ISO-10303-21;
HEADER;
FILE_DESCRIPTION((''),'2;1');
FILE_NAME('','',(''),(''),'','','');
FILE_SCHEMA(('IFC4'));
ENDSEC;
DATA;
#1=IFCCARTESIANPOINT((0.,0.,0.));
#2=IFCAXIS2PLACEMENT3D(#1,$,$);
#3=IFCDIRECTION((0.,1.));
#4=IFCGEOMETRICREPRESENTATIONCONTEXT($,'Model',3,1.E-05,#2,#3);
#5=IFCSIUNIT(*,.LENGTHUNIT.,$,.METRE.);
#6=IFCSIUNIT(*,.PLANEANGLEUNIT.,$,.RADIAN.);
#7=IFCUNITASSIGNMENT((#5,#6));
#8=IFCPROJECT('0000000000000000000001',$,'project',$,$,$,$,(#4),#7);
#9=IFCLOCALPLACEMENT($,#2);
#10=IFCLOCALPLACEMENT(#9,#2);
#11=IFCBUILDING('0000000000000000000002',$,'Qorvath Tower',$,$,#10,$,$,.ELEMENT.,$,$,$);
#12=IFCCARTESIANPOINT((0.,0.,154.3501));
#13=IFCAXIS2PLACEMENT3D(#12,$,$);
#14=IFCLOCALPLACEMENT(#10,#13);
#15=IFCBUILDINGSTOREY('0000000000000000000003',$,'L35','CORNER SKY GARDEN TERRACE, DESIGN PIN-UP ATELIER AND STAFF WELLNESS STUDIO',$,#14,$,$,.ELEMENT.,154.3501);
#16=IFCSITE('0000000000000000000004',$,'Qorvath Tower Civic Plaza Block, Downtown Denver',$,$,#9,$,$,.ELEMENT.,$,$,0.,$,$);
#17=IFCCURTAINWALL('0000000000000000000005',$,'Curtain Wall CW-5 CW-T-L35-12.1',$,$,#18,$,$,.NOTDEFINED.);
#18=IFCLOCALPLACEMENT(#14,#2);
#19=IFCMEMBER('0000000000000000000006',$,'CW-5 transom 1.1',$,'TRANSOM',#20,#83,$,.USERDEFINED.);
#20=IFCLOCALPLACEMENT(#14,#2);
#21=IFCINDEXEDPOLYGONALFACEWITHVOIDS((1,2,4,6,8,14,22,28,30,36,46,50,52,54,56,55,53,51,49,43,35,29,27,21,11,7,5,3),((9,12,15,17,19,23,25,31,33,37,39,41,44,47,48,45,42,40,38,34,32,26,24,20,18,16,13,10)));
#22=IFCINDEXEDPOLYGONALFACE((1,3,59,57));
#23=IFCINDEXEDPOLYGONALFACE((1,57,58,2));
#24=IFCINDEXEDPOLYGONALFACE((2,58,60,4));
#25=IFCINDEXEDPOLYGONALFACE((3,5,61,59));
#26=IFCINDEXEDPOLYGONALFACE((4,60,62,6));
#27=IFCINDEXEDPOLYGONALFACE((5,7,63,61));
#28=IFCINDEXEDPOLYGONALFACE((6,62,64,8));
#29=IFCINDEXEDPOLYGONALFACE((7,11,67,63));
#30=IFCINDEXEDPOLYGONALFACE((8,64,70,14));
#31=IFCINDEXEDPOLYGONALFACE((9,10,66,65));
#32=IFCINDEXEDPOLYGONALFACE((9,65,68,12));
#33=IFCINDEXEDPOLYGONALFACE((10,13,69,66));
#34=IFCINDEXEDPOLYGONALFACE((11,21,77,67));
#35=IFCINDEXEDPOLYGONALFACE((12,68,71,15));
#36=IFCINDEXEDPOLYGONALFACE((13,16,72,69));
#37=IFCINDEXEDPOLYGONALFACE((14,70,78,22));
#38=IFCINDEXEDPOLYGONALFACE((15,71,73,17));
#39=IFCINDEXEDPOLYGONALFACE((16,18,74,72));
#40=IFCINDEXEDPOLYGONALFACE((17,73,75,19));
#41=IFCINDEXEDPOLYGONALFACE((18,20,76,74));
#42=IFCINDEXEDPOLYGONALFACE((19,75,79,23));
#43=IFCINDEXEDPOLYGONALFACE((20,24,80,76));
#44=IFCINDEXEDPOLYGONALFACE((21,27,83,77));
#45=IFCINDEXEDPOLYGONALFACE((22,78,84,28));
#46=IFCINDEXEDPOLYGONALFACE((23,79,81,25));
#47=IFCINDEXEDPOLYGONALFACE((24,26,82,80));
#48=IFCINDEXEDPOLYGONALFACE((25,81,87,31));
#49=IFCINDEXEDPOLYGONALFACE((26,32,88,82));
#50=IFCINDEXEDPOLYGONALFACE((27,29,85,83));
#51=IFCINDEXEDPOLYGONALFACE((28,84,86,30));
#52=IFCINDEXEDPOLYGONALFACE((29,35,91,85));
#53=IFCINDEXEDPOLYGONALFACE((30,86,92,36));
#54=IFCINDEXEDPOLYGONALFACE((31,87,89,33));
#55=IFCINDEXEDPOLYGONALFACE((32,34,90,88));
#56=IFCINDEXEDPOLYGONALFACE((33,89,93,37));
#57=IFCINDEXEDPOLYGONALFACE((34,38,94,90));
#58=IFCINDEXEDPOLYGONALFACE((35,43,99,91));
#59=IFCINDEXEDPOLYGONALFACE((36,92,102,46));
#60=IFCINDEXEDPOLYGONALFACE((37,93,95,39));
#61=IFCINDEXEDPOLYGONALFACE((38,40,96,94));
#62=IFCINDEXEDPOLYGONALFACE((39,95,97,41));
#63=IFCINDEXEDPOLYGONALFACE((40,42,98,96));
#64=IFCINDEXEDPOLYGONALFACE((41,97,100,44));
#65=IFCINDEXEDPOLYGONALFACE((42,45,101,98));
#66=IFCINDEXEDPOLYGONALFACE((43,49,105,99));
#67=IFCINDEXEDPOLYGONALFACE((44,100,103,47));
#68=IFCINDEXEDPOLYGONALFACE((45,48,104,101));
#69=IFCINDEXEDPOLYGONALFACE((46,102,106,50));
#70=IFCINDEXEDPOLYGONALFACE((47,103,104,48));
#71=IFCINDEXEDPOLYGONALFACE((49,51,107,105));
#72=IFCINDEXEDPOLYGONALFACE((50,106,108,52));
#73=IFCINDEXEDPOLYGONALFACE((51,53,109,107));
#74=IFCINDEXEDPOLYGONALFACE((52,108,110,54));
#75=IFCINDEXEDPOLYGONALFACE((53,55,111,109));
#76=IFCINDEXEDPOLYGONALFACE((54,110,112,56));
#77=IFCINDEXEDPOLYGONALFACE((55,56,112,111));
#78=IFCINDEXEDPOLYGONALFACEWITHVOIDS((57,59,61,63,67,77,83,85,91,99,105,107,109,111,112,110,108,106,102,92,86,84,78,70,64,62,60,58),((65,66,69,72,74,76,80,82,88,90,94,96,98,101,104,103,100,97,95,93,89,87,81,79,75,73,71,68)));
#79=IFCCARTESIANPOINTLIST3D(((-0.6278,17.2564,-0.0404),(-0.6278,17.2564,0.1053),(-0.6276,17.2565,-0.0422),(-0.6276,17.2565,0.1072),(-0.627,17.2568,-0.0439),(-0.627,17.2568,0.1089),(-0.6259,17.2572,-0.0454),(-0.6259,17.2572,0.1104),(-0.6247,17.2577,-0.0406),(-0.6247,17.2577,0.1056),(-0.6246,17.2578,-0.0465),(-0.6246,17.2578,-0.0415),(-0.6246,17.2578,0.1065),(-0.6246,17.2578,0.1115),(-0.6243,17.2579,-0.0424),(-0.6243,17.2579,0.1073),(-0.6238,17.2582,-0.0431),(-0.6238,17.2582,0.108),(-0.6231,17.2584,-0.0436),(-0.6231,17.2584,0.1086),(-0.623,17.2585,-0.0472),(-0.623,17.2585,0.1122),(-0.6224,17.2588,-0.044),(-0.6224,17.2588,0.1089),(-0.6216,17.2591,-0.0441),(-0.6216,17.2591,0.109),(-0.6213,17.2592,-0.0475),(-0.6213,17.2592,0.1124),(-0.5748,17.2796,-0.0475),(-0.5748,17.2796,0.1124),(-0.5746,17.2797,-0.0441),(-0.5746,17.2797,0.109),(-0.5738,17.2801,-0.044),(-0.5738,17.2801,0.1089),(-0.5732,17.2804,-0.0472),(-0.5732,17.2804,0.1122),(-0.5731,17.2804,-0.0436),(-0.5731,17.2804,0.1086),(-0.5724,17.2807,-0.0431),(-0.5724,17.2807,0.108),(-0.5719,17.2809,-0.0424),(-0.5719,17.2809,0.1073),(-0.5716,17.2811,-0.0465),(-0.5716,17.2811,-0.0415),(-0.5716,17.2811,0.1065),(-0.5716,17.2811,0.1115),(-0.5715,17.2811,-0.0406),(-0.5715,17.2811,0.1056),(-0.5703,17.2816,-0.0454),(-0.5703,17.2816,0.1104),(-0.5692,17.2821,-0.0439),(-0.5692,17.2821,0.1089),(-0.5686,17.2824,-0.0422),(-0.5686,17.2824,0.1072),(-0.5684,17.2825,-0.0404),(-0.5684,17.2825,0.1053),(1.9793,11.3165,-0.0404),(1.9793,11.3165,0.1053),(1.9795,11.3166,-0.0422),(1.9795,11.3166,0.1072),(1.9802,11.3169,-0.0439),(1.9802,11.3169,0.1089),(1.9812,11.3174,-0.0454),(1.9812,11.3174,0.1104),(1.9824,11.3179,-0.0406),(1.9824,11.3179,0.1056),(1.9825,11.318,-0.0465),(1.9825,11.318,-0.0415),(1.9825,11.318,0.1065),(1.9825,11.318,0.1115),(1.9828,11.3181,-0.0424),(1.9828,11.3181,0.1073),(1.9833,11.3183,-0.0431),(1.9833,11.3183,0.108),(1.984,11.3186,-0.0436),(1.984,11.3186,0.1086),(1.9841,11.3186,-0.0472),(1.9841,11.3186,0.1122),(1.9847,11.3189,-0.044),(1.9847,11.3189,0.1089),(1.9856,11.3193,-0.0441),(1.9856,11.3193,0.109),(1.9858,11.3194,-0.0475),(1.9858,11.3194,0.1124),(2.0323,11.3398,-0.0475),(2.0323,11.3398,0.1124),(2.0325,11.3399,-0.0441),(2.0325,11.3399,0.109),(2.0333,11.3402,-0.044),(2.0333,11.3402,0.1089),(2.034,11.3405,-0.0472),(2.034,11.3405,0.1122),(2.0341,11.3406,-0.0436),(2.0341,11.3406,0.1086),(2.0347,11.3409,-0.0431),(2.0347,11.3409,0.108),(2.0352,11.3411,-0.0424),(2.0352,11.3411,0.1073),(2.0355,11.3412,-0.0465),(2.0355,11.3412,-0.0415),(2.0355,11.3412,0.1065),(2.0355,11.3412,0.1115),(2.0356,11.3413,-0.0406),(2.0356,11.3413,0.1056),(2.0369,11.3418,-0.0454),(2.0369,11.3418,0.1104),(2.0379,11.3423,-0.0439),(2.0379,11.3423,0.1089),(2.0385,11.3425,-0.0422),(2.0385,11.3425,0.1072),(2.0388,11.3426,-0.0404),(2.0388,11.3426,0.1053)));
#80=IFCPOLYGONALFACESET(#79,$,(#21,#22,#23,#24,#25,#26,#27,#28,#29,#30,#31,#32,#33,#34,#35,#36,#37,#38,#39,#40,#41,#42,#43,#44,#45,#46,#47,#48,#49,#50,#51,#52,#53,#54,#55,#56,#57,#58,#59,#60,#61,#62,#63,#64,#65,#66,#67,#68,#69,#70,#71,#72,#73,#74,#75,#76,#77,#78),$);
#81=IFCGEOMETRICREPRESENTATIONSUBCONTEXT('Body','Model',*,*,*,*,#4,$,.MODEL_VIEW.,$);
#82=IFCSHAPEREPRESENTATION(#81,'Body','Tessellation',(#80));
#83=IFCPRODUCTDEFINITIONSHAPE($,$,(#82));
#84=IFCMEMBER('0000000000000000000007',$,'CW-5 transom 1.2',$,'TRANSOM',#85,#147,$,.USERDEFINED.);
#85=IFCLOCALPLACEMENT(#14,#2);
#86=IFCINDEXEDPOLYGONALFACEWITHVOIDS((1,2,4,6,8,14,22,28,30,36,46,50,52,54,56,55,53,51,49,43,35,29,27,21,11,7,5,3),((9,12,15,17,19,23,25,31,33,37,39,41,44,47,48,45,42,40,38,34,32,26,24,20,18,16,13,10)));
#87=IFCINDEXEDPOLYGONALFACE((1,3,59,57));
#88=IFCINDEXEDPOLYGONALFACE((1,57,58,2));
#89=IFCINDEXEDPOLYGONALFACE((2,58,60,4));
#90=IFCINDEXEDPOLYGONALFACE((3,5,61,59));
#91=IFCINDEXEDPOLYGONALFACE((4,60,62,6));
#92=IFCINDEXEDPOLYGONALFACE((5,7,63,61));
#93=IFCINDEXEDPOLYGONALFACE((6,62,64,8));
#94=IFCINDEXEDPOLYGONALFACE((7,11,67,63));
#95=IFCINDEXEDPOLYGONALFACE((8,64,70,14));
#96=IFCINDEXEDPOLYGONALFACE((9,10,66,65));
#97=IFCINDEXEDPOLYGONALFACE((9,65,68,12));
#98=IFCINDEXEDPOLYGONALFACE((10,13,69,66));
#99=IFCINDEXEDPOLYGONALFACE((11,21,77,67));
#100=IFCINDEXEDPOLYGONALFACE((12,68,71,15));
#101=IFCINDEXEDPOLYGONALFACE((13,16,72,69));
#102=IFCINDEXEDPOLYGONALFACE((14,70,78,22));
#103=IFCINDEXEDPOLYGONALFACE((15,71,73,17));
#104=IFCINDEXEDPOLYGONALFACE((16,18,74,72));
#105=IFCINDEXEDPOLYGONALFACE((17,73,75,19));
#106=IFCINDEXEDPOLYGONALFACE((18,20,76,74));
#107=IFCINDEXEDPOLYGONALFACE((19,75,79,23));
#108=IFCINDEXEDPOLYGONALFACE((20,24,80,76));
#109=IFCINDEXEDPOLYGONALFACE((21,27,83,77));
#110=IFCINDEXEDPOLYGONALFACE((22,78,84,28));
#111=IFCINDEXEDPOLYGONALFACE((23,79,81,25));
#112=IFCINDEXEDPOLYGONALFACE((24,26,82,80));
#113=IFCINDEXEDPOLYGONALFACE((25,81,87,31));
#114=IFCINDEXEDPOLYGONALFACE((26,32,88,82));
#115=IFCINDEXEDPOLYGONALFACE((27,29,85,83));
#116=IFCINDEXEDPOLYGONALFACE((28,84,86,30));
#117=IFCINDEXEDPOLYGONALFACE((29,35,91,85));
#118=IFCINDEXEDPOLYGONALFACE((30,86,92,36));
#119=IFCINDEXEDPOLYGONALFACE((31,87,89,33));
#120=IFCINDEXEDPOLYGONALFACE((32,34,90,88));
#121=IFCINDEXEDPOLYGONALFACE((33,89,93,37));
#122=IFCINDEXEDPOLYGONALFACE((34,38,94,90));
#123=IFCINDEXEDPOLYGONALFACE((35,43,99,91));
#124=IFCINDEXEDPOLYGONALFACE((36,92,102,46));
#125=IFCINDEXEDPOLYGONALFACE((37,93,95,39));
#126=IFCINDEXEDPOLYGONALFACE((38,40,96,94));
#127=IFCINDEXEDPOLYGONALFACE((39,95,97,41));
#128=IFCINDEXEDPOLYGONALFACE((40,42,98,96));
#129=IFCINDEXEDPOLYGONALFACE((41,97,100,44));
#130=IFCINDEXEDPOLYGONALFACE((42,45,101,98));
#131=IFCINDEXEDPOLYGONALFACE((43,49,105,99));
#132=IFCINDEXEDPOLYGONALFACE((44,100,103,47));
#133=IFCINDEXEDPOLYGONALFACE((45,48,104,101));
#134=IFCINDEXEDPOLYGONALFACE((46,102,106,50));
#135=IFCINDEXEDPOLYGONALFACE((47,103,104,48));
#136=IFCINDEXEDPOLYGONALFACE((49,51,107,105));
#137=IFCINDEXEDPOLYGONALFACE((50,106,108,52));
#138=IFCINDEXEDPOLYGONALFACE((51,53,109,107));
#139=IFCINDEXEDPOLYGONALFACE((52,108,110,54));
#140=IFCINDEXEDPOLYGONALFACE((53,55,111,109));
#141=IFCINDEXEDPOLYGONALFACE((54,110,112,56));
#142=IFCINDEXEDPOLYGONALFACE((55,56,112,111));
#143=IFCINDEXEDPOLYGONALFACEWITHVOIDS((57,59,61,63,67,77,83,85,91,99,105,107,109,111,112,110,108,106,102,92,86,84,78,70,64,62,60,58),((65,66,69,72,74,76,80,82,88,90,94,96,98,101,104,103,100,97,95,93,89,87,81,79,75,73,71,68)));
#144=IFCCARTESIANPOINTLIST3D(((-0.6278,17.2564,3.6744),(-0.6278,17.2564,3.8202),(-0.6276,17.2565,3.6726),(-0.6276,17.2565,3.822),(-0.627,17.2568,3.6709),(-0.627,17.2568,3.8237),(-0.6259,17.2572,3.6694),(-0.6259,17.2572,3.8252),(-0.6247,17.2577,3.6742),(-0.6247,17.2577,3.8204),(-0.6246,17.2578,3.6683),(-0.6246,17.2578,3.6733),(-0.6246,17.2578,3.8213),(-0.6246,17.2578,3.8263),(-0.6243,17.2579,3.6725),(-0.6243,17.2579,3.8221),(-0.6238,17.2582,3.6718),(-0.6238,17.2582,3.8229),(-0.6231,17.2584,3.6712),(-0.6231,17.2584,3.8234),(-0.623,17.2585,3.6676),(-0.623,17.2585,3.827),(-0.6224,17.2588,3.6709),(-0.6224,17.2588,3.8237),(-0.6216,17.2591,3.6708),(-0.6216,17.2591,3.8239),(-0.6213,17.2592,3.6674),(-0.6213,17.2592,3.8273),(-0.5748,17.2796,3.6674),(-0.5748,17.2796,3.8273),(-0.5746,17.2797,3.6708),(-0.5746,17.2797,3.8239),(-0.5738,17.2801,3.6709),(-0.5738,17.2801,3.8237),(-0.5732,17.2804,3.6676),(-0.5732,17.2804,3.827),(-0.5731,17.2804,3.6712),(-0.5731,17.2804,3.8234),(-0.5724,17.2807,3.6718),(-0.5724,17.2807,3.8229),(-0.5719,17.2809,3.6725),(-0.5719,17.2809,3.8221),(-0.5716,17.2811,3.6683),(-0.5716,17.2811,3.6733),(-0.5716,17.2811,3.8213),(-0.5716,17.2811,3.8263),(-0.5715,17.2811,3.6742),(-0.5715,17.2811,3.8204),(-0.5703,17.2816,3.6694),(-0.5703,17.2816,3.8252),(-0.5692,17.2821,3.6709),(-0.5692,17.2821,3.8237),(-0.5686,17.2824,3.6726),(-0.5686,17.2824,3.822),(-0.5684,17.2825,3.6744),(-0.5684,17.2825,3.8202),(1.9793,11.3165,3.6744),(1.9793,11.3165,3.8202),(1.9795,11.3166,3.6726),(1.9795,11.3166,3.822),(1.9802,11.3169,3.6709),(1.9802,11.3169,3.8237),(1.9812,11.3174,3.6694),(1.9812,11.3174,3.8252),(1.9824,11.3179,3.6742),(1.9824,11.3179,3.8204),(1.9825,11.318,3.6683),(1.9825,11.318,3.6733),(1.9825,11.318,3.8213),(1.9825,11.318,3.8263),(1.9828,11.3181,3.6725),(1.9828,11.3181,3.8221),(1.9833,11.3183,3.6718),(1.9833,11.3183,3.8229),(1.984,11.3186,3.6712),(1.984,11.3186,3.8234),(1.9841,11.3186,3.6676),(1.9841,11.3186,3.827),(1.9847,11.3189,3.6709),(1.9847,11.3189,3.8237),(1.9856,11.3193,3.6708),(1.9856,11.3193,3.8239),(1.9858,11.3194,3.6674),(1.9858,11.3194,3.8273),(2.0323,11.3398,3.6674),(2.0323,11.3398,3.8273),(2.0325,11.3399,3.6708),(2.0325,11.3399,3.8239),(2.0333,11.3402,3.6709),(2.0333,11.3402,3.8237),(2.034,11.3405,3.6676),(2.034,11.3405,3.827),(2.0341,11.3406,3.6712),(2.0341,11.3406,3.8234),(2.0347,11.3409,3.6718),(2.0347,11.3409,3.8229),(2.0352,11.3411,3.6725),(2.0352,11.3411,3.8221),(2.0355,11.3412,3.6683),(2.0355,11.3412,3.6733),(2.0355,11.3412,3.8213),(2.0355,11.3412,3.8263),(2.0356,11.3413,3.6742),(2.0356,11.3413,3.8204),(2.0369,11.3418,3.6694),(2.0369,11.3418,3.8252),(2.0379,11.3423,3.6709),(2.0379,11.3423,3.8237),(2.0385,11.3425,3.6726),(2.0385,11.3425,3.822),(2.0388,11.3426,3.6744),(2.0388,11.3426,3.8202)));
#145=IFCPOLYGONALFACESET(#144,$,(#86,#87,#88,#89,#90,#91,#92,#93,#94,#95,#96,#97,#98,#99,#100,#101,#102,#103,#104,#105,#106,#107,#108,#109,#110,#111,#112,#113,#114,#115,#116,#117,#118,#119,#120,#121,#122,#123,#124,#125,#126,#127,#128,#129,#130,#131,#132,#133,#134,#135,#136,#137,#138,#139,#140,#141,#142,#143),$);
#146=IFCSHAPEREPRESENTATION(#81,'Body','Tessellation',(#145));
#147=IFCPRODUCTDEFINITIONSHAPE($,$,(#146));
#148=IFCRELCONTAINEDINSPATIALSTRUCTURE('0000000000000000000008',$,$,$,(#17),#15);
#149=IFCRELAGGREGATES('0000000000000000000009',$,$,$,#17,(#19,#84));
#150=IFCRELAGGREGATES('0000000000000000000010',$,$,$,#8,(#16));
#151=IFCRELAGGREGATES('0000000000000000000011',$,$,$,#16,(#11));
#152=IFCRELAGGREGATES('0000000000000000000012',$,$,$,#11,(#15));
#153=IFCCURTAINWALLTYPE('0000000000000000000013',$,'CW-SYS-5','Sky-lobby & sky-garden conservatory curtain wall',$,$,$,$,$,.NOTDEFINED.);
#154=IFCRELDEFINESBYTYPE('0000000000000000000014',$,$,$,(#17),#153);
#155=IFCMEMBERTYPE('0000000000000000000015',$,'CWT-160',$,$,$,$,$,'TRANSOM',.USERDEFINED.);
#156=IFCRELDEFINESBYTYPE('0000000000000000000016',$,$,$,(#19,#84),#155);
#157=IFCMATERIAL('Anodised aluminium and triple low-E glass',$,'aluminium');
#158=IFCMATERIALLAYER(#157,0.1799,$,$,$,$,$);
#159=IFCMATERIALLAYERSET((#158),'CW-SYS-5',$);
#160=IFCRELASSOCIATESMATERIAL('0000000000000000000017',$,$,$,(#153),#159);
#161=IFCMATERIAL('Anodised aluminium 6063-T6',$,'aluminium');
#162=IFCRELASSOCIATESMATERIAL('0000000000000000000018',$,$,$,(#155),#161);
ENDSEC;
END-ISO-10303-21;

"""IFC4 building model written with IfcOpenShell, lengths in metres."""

from ifc_helpers import new_model, si_unit, direction, frame, origin, origin_2d, place, context, subcontext, project, spatial, hollow_rectangle, extrude, material, layer, layer_set, material_profile, profile_set, type_object, element, aggregate, save


model = new_model("IFC4")

# Units and contexts
model_context = context("Model", 3, precision=1e-05, world=origin(), true_north=direction((0.0, 1.0)))
body_context = subcontext(model_context, "Body", "Model", "MODEL_VIEW")
ifc_project = project(units=[si_unit("LENGTHUNIT", "METRE"), si_unit("PLANEANGLEUNIT", "RADIAN")], contexts=[model_context])

# Site, building, storey
site_placement = place(None, origin())
site = spatial("IfcSite", under=ifc_project, at=site_placement, Name="Qorvath Tower Civic Plaza Block, Downtown Denver", CompositionType="ELEMENT", RefElevation=0.0)
building_placement = place(site_placement, origin())
building = spatial("IfcBuilding", under=site, at=building_placement, Name="Qorvath Tower", CompositionType="ELEMENT")
storey_placement = place(building_placement, frame((0.0, 0.0, 154.3501)))
storey = spatial("IfcBuildingStorey", under=building, at=storey_placement, Name="L35", Description="CORNER SKY GARDEN TERRACE, DESIGN PIN-UP ATELIER AND STAFF WELLNESS STUDIO", CompositionType="ELEMENT", Elevation=154.3501)

# Shared definitions
ifc_material_1 = material(Name="Anodised aluminium and triple low-E glass", Category="aluminium")
ifc_layer_1 = layer(ifc_material_1, 0.1799)
ifc_layer_set_1 = layer_set([ifc_layer_1], Name="CW-SYS-5")
curtain_wall_type = type_object("IfcCurtainWallType", Name="CW-SYS-5", Description="Sky-lobby & sky-garden conservatory curtain wall", PredefinedType="NOTDEFINED", material=ifc_layer_set_1)

# Curtain wall
curtain_wall_1_placement = place(storey_placement, origin())
curtain_wall_1 = element("IfcCurtainWall", 1, at=curtain_wall_1_placement, inside=storey, type_object=curtain_wall_type, Name="Curtain Wall CW-5 CW-T-L35-12.1", PredefinedType="NOTDEFINED")

# Members
ifc_material_2 = material(Name="Anodised aluminium 6063-T6", Category="aluminium")
ifc_material_profile_1 = material_profile(ifc_material_2, hollow_rectangle(XDim=0.0649, YDim=0.1599, WallThickness=0.0034, InnerFilletRadius=0.0034, OuterFilletRadius=0.0071, at=origin_2d()), Name="CWT 160x65")
ifc_profile_set_1 = profile_set([ifc_material_profile_1], Name="Anodised aluminium 6063-T6")
member_type_1 = type_object("IfcMemberType", Name="CWT-160", ElementType="TRANSOM", PredefinedType="USERDEFINED", material=ifc_profile_set_1)
member_1_placement = place(storey_placement, frame((2.009, 11.3296, 0.0325), z_axis=(-0.401912, 0.915678, 0.0), x_axis=(-0.915678, -0.401912, 0.0)))
member_1 = element("IfcMember", 2, at=member_1_placement, type_object=member_type_1, Name="CW-5 transom 1.1", ObjectType="TRANSOM", PredefinedType="USERDEFINED", context=body_context, shape_type="SweptSolid", body=[
    extrude(hollow_rectangle(XDim=0.0649, YDim=0.1599, WallThickness=0.0034, InnerFilletRadius=0.0034, OuterFilletRadius=0.0071, at=origin_2d()), origin(), (0.0, 0.0, 1.0), 6.4868),
])
member_2_placement = place(storey_placement, frame((2.009, 11.3296, 3.7473), z_axis=(-0.401912, 0.915678, 0.0), x_axis=(-0.915678, -0.401912, 0.0)))
member_2 = element("IfcMember", 3, at=member_2_placement, type_object=member_type_1, Name="CW-5 transom 1.2", ObjectType="TRANSOM", PredefinedType="USERDEFINED", context=body_context, shape_type="SweptSolid", body=[
    extrude(hollow_rectangle(XDim=0.0649, YDim=0.1599, WallThickness=0.0034, InnerFilletRadius=0.0034, OuterFilletRadius=0.0071, at=origin_2d()), origin(), (0.0, 0.0, 1.0), 6.4868),
])

aggregate(curtain_wall_1, [member_1, member_2])

save(model, "model.ifc")
